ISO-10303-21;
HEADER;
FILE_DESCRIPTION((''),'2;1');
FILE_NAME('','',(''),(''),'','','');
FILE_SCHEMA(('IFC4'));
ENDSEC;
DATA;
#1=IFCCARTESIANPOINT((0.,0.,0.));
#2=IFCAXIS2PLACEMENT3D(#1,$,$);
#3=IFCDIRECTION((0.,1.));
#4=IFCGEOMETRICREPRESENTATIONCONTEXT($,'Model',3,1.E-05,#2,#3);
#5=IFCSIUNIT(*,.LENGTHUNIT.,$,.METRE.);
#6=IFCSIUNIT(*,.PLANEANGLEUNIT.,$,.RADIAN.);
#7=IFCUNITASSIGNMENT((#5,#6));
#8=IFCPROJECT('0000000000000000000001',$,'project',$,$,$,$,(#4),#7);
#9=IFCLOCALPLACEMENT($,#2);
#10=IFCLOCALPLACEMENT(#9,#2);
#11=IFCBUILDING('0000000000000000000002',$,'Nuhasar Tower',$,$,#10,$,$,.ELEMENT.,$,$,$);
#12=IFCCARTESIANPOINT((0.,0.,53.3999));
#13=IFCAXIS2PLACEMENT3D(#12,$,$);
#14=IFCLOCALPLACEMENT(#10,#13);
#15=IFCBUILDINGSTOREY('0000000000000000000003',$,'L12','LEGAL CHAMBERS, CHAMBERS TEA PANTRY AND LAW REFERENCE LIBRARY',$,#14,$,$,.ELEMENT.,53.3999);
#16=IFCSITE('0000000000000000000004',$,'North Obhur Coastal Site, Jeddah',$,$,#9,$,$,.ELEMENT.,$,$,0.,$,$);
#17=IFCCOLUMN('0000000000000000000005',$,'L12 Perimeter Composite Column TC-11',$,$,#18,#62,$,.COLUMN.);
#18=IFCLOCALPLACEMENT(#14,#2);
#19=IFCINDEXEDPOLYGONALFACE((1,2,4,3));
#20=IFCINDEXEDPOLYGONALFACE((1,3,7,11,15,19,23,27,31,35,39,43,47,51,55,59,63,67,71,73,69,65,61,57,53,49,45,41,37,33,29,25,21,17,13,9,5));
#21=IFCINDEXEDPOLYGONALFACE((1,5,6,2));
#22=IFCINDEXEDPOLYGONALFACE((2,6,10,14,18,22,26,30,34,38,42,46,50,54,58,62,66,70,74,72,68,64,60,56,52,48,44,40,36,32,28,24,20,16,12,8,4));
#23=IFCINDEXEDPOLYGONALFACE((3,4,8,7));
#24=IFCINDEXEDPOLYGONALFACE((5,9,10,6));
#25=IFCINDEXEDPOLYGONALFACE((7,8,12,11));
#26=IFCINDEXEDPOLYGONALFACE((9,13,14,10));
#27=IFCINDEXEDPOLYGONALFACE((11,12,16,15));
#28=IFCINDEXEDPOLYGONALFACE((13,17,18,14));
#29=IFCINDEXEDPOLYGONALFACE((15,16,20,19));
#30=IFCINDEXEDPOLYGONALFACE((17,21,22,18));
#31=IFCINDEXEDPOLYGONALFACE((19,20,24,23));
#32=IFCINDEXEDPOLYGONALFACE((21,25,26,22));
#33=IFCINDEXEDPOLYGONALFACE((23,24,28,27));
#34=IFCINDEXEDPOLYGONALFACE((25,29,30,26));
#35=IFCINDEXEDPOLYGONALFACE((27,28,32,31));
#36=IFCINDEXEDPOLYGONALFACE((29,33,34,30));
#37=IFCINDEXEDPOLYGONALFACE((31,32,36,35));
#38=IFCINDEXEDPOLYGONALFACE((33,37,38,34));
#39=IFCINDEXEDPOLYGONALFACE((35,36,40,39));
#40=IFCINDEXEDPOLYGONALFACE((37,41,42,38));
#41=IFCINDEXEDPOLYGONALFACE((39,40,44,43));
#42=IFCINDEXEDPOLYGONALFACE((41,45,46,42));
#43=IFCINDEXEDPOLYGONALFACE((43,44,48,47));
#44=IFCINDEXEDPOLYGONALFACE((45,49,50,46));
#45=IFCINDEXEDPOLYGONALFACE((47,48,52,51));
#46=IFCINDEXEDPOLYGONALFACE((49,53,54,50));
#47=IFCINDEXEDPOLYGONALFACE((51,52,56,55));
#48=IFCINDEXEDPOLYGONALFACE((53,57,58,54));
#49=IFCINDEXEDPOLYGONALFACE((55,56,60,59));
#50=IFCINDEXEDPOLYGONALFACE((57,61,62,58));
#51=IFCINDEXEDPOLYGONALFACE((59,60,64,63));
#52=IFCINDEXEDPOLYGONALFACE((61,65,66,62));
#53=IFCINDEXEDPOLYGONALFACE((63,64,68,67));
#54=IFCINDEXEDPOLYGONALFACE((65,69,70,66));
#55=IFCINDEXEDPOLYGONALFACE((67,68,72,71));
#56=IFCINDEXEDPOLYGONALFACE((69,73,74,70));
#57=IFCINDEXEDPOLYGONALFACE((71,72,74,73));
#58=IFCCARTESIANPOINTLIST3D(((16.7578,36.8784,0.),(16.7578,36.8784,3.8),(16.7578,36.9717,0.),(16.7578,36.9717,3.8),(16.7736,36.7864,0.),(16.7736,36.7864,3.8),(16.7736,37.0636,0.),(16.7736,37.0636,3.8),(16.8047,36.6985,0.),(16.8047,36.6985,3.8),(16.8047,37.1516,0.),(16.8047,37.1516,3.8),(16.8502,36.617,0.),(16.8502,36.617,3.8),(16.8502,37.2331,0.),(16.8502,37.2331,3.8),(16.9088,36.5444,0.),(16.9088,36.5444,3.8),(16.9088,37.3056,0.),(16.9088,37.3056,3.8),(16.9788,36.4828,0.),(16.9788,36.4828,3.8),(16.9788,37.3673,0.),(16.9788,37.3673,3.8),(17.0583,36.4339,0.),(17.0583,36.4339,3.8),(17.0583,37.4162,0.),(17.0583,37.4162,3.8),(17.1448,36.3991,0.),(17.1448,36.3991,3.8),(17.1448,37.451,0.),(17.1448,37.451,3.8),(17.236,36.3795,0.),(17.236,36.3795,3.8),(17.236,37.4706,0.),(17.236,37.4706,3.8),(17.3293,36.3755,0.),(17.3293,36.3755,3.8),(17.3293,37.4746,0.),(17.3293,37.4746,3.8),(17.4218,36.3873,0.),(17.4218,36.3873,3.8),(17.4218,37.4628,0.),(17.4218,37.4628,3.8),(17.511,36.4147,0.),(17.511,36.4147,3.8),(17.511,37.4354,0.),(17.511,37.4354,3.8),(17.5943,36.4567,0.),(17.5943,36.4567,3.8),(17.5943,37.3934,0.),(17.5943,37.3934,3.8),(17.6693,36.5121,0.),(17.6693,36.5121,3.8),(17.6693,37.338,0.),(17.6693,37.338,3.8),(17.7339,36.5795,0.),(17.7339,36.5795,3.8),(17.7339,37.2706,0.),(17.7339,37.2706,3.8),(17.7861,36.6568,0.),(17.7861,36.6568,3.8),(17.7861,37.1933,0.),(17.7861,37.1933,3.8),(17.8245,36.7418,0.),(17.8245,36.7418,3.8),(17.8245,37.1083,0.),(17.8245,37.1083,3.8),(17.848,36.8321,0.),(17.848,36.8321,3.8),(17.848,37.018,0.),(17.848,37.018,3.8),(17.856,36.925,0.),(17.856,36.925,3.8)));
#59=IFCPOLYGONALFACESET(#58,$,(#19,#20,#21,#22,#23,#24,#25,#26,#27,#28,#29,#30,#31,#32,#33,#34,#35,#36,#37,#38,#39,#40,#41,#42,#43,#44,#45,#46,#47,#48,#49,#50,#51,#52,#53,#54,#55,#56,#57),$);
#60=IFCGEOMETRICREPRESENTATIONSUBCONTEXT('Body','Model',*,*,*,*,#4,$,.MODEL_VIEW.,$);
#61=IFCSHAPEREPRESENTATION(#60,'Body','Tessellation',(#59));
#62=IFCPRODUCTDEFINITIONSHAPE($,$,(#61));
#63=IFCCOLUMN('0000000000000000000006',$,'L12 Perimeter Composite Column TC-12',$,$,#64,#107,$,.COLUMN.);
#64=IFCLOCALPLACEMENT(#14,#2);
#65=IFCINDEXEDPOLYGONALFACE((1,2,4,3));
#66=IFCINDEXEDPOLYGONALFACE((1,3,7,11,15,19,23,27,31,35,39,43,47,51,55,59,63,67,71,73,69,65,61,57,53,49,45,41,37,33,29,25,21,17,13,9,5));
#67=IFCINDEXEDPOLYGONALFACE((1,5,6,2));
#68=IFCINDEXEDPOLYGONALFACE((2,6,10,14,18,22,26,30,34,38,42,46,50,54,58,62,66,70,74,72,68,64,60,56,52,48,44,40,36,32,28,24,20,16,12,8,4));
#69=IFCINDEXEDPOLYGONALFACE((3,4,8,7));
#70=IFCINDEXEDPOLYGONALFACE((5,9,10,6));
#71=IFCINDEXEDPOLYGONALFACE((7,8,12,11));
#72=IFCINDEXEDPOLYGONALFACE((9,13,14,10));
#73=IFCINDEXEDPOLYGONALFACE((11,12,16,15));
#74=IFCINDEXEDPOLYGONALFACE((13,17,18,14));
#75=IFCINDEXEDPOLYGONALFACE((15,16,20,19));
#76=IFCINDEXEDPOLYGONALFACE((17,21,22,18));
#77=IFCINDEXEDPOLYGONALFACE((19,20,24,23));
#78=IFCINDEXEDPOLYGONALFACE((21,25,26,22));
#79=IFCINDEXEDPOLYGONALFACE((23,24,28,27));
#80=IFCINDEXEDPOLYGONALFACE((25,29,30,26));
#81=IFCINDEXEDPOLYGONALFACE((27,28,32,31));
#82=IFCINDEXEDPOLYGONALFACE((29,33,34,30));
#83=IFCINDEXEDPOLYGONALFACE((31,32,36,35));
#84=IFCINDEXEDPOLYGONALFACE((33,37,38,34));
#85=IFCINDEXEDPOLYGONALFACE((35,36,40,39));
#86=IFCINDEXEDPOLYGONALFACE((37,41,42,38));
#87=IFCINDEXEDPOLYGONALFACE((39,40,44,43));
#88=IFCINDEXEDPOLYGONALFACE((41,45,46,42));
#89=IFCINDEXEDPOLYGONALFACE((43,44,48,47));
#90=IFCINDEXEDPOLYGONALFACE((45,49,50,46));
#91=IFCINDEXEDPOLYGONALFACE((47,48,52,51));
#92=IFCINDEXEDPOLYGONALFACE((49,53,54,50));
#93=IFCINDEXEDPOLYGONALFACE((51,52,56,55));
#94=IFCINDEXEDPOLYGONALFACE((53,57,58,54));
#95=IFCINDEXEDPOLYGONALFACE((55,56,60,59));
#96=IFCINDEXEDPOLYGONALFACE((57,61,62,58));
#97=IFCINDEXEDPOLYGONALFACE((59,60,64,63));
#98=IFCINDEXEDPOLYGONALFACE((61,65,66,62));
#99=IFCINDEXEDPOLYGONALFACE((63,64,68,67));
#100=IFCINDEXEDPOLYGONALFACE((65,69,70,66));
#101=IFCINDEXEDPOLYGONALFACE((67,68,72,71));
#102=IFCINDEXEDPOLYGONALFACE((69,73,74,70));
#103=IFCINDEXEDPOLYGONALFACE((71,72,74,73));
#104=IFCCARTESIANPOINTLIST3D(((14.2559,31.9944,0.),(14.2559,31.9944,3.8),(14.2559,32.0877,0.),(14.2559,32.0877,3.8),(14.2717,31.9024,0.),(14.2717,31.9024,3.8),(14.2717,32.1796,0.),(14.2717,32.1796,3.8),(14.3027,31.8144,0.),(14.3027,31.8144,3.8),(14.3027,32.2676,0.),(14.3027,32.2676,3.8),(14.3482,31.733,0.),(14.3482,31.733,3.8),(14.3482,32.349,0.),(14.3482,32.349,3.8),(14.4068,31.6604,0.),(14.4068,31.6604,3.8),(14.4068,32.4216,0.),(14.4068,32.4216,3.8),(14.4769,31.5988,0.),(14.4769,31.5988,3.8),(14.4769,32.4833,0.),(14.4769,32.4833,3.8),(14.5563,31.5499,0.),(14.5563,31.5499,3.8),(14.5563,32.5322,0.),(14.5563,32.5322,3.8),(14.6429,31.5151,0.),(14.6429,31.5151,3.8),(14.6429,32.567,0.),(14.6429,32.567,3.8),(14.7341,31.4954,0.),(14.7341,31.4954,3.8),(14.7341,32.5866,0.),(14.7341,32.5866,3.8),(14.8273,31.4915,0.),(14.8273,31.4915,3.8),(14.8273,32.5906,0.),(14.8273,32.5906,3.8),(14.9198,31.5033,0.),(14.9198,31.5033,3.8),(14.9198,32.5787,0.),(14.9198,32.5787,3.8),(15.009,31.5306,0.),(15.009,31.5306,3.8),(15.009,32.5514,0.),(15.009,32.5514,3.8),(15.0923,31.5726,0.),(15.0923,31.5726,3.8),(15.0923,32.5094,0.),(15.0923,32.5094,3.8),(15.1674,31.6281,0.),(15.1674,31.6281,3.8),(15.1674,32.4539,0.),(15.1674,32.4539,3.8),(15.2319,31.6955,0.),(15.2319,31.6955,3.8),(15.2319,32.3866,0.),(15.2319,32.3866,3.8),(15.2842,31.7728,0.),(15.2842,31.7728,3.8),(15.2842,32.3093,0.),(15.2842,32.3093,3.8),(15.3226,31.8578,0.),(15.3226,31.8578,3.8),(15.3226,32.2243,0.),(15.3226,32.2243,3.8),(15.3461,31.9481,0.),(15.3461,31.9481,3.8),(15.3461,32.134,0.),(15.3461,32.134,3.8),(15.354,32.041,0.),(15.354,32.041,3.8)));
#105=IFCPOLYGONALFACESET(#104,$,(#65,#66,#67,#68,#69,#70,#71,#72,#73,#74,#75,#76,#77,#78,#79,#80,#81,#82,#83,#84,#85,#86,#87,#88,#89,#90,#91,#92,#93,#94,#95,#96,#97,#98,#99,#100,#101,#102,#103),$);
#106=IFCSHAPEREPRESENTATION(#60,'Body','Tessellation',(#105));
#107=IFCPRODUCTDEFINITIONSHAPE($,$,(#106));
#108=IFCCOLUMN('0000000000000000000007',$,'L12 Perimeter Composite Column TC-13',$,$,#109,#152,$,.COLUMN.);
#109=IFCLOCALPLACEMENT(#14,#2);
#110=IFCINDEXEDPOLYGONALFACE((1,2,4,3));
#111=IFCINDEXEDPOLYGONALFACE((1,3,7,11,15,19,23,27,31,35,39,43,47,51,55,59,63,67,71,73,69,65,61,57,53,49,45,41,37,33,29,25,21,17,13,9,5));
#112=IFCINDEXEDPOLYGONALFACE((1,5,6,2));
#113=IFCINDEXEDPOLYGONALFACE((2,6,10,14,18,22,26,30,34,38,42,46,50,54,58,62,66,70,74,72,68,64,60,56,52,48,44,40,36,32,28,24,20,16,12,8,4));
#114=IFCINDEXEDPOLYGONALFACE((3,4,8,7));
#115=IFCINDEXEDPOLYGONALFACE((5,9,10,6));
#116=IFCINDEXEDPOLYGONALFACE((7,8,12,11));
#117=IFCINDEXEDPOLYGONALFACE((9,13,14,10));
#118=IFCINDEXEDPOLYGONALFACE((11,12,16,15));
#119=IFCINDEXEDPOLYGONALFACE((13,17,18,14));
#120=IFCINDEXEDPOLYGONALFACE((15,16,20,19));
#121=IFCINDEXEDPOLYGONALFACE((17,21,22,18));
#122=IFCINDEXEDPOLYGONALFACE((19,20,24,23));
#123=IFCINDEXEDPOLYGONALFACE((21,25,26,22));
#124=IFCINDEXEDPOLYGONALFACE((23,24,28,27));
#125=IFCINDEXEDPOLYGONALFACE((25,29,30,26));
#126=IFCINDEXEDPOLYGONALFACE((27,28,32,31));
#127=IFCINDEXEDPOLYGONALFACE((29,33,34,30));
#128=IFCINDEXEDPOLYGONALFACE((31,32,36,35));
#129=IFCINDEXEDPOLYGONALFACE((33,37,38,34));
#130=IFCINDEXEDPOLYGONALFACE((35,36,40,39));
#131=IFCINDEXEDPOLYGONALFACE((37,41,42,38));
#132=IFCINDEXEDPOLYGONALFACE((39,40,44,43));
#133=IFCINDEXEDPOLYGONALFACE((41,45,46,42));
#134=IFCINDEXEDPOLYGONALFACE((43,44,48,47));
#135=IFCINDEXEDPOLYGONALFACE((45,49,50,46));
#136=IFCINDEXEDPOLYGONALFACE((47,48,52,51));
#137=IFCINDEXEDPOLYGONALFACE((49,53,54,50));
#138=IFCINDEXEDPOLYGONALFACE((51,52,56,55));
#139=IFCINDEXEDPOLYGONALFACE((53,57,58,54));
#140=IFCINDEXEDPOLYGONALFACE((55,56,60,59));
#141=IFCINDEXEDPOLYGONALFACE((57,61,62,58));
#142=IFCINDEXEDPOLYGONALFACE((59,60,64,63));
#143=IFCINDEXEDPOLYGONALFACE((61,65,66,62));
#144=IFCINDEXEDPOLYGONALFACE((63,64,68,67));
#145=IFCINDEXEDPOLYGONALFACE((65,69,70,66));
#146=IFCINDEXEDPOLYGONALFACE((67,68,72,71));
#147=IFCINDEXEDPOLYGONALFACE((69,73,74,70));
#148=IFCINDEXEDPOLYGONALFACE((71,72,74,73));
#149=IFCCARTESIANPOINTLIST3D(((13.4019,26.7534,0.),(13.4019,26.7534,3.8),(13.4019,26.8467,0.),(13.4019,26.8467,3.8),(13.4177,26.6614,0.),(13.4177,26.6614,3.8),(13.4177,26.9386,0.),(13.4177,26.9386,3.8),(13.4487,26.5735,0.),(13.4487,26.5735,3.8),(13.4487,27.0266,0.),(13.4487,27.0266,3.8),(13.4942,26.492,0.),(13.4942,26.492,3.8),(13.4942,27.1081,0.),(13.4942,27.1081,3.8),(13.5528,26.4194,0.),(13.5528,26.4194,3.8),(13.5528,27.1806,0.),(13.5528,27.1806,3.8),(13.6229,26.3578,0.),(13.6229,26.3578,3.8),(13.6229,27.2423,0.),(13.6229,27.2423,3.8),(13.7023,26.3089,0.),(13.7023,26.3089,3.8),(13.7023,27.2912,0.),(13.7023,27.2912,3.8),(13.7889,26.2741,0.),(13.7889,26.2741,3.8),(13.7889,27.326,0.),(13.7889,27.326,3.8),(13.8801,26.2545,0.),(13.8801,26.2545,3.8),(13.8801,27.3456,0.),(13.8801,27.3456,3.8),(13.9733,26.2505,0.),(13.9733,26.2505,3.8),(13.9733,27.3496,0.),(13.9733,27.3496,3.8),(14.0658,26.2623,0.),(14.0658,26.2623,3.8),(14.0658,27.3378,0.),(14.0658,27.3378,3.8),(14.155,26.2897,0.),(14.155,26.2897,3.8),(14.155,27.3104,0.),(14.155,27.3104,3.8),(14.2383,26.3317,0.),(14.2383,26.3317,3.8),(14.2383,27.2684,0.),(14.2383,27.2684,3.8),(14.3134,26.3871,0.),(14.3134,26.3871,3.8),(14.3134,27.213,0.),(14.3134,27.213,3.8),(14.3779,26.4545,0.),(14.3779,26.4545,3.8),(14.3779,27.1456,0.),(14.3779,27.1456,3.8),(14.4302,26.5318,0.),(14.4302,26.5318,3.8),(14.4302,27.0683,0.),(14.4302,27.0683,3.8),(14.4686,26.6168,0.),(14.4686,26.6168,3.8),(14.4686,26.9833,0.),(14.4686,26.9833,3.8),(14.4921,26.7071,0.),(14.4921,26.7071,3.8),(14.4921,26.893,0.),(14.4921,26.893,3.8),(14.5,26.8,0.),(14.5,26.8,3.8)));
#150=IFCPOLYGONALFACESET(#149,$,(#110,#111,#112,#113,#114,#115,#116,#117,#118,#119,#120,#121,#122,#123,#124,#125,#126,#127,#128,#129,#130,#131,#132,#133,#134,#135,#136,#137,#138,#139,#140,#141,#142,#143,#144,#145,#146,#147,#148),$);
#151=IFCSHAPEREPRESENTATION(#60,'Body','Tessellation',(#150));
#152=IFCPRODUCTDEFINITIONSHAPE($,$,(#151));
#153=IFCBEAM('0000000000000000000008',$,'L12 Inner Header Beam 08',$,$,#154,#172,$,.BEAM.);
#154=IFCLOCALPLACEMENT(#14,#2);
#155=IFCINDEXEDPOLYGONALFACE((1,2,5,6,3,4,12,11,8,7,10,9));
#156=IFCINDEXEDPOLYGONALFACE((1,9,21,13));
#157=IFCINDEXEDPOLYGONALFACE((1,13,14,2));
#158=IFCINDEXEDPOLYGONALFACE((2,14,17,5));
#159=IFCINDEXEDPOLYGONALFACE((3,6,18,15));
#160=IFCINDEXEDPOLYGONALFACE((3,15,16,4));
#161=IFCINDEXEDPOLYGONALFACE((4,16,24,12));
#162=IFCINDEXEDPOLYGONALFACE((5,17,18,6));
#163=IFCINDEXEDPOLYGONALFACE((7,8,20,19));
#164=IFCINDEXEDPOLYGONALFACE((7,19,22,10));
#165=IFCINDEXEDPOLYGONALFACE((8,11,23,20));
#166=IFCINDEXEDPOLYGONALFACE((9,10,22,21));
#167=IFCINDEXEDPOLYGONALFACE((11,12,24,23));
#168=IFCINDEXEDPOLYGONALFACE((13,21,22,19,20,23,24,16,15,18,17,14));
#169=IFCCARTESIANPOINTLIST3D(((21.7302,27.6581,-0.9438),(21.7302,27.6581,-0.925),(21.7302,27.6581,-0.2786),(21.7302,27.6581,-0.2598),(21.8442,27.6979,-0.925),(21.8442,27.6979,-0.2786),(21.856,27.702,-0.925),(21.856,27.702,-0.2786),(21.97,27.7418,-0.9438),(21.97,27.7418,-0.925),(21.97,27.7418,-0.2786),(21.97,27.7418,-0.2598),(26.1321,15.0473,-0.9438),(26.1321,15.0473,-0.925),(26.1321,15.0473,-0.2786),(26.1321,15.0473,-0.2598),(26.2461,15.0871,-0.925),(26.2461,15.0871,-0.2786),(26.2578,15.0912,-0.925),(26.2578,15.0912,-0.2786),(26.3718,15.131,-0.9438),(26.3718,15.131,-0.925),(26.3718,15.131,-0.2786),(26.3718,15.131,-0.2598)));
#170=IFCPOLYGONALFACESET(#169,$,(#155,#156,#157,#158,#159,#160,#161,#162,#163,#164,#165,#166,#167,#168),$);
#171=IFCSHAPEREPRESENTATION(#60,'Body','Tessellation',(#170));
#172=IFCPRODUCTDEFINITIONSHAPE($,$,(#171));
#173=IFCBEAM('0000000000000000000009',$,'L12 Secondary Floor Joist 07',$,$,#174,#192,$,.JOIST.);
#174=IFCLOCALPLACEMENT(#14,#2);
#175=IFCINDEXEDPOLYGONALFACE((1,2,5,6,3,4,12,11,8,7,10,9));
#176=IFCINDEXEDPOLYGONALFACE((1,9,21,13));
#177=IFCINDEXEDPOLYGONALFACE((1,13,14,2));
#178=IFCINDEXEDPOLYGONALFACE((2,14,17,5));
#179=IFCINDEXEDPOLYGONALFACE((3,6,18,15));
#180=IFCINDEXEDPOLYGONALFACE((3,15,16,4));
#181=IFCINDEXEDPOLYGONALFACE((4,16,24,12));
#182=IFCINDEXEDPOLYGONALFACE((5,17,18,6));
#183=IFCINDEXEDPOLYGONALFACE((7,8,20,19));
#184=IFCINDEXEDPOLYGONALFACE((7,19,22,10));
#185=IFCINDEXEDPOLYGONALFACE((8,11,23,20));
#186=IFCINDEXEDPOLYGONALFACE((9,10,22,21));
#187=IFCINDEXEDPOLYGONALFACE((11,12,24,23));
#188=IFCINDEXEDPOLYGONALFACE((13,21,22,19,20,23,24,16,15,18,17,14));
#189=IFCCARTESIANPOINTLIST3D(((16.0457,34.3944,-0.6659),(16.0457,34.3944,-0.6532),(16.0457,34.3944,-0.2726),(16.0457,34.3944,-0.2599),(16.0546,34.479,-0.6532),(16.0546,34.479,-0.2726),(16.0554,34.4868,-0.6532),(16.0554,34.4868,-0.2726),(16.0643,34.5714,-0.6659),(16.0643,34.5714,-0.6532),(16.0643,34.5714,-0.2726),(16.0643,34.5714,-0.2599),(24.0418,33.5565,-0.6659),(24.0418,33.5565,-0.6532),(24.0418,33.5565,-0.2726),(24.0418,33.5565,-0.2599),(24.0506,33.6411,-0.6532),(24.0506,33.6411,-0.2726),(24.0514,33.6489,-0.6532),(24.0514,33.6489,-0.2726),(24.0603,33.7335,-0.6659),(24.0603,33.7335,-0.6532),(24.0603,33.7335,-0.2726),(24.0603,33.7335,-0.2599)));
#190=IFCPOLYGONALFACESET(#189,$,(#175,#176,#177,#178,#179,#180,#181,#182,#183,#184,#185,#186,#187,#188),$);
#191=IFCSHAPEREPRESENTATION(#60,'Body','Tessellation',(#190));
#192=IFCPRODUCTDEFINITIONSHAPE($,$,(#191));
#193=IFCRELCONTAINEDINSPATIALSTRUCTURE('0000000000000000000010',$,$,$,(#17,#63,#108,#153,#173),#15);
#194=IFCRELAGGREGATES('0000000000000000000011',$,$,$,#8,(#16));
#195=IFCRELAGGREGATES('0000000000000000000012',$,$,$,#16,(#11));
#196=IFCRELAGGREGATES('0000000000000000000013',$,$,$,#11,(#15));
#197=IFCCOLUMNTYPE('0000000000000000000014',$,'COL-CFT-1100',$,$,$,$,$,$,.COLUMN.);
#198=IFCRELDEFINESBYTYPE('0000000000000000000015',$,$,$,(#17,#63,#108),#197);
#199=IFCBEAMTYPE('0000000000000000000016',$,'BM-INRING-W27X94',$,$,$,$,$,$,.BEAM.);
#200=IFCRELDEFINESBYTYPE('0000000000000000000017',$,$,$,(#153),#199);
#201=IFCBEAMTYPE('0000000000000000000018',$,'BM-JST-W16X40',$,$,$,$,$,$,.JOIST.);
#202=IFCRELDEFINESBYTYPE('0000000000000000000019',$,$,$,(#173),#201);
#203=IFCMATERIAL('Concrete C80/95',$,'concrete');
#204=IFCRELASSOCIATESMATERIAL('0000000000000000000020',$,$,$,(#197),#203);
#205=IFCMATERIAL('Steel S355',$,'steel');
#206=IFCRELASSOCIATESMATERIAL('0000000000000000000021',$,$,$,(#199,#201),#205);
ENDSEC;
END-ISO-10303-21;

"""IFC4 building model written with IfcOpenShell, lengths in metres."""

from ifc_helpers import new_model, si_unit, direction, frame, origin, origin_2d, place, context, subcontext, project, spatial, circle, i_section, extrude, material, material_profile, profile_set, type_object, element, save


model = new_model("IFC4")

# Units and contexts
model_context = context("Model", 3, precision=1e-05, world=origin(), true_north=direction((0.0, 1.0)))
body_context = subcontext(model_context, "Body", "Model", "MODEL_VIEW")
ifc_project = project(units=[si_unit("LENGTHUNIT", "METRE"), si_unit("PLANEANGLEUNIT", "RADIAN")], contexts=[model_context])

# Site, building, storey
site_placement = place(None, origin())
site = spatial("IfcSite", under=ifc_project, at=site_placement, Name="North Obhur Coastal Site, Jeddah", CompositionType="ELEMENT", RefElevation=0.0)
building_placement = place(site_placement, origin())
building = spatial("IfcBuilding", under=site, at=building_placement, Name="Nuhasar Tower", CompositionType="ELEMENT")
storey_placement = place(building_placement, frame((0.0, 0.0, 53.3999)))
storey = spatial("IfcBuildingStorey", under=building, at=storey_placement, Name="L12", Description="LEGAL CHAMBERS, CHAMBERS TEA PANTRY AND LAW REFERENCE LIBRARY", CompositionType="ELEMENT", Elevation=53.3999)

# Columns
ifc_material_1 = material(Name="Concrete C80/95", Category="concrete")
ifc_material_profile_1 = material_profile(ifc_material_1, circle(Radius=0.55, at=origin_2d()), Name="CFT1100")
ifc_profile_set_1 = profile_set([ifc_material_profile_1], Name="Concrete C80/95")
column_type = type_object("IfcColumnType", Name="COL-CFT-1100", PredefinedType="COLUMN", material=ifc_profile_set_1)
for number, where, z_axis, x_axis, name in (
    (1, (17.3059, 36.925, 0.0), (0.0, 0.0, 1.0), (1.0, 0.0, 0.0), "L12 Perimeter Composite Column TC-11"),
    (2, (14.804, 32.041, 0.0), (0.0, 0.0, 1.0), (1.0, 0.0, 0.0), "L12 Perimeter Composite Column TC-12"),
    (3, (13.95, 26.8, 0.0), (0.0, 0.0, 1.0), (1.0, 0.0, 0.0), "L12 Perimeter Composite Column TC-13"),
):
    element("IfcColumn", number, at=place(storey_placement, frame(where, z_axis=z_axis, x_axis=x_axis)), inside=storey, type_object=column_type, Name=name, PredefinedType="COLUMN", context=body_context, shape_type="SweptSolid", body=[
        extrude(circle(Radius=0.55, at=origin_2d()), origin(), (0.0, 0.0, 1.0), 3.8),
    ])

# Beams
ifc_material_2 = material(Name="Steel S355", Category="steel")
ifc_material_profile_2 = material_profile(ifc_material_2, i_section(OverallWidth=0.2539, OverallDepth=0.6841, WebThickness=0.0125, FlangeThickness=0.0188, at=origin_2d()), Name="W27X94")
ifc_profile_set_2 = profile_set([ifc_material_profile_2], Name="Steel S355")
beam_type_1 = type_object("IfcBeamType", Name="BM-INRING-W27X94", PredefinedType="BEAM", material=ifc_profile_set_2)
beam_1_placement = place(storey_placement, frame((21.8501, 27.7, -0.6018), z_axis=(0.329554, -0.944137, 0.0), x_axis=(0.944137, 0.329554, 0.0)))
element("IfcBeam", 4, at=beam_1_placement, inside=storey, type_object=beam_type_1, Name="L12 Inner Header Beam 08", PredefinedType="BEAM", context=body_context, shape_type="SweptSolid", body=[
    extrude(i_section(OverallWidth=0.2539, OverallDepth=0.6841, WebThickness=0.0125, FlangeThickness=0.0188, at=origin_2d()), origin(), (0.0, 0.0, 1.0), 13.3569),
])
ifc_material_profile_3 = material_profile(ifc_material_2, i_section(OverallWidth=0.178, OverallDepth=0.406, WebThickness=0.0078, FlangeThickness=0.0127, at=origin_2d()), Name="W16X40")
ifc_profile_set_3 = profile_set([ifc_material_profile_3], Name="Steel S355")
beam_type_2 = type_object("IfcBeamType", Name="BM-JST-W16X40", PredefinedType="JOIST", material=ifc_profile_set_3)
beam_2_placement = place(storey_placement, frame((24.051, 33.645, -0.4629), z_axis=(-0.994555, 0.104217, 0.0), x_axis=(-0.104217, -0.994555, 0.0)))
element("IfcBeam", 5, at=beam_2_placement, inside=storey, type_object=beam_type_2, Name="L12 Secondary Floor Joist 07", PredefinedType="JOIST", context=body_context, shape_type="SweptSolid", body=[
    extrude(i_section(OverallWidth=0.178, OverallDepth=0.406, WebThickness=0.0078, FlangeThickness=0.0127, at=origin_2d()), origin(), (0.0, 0.0, 1.0), 8.0398),
])

save(model, "model.ifc")
